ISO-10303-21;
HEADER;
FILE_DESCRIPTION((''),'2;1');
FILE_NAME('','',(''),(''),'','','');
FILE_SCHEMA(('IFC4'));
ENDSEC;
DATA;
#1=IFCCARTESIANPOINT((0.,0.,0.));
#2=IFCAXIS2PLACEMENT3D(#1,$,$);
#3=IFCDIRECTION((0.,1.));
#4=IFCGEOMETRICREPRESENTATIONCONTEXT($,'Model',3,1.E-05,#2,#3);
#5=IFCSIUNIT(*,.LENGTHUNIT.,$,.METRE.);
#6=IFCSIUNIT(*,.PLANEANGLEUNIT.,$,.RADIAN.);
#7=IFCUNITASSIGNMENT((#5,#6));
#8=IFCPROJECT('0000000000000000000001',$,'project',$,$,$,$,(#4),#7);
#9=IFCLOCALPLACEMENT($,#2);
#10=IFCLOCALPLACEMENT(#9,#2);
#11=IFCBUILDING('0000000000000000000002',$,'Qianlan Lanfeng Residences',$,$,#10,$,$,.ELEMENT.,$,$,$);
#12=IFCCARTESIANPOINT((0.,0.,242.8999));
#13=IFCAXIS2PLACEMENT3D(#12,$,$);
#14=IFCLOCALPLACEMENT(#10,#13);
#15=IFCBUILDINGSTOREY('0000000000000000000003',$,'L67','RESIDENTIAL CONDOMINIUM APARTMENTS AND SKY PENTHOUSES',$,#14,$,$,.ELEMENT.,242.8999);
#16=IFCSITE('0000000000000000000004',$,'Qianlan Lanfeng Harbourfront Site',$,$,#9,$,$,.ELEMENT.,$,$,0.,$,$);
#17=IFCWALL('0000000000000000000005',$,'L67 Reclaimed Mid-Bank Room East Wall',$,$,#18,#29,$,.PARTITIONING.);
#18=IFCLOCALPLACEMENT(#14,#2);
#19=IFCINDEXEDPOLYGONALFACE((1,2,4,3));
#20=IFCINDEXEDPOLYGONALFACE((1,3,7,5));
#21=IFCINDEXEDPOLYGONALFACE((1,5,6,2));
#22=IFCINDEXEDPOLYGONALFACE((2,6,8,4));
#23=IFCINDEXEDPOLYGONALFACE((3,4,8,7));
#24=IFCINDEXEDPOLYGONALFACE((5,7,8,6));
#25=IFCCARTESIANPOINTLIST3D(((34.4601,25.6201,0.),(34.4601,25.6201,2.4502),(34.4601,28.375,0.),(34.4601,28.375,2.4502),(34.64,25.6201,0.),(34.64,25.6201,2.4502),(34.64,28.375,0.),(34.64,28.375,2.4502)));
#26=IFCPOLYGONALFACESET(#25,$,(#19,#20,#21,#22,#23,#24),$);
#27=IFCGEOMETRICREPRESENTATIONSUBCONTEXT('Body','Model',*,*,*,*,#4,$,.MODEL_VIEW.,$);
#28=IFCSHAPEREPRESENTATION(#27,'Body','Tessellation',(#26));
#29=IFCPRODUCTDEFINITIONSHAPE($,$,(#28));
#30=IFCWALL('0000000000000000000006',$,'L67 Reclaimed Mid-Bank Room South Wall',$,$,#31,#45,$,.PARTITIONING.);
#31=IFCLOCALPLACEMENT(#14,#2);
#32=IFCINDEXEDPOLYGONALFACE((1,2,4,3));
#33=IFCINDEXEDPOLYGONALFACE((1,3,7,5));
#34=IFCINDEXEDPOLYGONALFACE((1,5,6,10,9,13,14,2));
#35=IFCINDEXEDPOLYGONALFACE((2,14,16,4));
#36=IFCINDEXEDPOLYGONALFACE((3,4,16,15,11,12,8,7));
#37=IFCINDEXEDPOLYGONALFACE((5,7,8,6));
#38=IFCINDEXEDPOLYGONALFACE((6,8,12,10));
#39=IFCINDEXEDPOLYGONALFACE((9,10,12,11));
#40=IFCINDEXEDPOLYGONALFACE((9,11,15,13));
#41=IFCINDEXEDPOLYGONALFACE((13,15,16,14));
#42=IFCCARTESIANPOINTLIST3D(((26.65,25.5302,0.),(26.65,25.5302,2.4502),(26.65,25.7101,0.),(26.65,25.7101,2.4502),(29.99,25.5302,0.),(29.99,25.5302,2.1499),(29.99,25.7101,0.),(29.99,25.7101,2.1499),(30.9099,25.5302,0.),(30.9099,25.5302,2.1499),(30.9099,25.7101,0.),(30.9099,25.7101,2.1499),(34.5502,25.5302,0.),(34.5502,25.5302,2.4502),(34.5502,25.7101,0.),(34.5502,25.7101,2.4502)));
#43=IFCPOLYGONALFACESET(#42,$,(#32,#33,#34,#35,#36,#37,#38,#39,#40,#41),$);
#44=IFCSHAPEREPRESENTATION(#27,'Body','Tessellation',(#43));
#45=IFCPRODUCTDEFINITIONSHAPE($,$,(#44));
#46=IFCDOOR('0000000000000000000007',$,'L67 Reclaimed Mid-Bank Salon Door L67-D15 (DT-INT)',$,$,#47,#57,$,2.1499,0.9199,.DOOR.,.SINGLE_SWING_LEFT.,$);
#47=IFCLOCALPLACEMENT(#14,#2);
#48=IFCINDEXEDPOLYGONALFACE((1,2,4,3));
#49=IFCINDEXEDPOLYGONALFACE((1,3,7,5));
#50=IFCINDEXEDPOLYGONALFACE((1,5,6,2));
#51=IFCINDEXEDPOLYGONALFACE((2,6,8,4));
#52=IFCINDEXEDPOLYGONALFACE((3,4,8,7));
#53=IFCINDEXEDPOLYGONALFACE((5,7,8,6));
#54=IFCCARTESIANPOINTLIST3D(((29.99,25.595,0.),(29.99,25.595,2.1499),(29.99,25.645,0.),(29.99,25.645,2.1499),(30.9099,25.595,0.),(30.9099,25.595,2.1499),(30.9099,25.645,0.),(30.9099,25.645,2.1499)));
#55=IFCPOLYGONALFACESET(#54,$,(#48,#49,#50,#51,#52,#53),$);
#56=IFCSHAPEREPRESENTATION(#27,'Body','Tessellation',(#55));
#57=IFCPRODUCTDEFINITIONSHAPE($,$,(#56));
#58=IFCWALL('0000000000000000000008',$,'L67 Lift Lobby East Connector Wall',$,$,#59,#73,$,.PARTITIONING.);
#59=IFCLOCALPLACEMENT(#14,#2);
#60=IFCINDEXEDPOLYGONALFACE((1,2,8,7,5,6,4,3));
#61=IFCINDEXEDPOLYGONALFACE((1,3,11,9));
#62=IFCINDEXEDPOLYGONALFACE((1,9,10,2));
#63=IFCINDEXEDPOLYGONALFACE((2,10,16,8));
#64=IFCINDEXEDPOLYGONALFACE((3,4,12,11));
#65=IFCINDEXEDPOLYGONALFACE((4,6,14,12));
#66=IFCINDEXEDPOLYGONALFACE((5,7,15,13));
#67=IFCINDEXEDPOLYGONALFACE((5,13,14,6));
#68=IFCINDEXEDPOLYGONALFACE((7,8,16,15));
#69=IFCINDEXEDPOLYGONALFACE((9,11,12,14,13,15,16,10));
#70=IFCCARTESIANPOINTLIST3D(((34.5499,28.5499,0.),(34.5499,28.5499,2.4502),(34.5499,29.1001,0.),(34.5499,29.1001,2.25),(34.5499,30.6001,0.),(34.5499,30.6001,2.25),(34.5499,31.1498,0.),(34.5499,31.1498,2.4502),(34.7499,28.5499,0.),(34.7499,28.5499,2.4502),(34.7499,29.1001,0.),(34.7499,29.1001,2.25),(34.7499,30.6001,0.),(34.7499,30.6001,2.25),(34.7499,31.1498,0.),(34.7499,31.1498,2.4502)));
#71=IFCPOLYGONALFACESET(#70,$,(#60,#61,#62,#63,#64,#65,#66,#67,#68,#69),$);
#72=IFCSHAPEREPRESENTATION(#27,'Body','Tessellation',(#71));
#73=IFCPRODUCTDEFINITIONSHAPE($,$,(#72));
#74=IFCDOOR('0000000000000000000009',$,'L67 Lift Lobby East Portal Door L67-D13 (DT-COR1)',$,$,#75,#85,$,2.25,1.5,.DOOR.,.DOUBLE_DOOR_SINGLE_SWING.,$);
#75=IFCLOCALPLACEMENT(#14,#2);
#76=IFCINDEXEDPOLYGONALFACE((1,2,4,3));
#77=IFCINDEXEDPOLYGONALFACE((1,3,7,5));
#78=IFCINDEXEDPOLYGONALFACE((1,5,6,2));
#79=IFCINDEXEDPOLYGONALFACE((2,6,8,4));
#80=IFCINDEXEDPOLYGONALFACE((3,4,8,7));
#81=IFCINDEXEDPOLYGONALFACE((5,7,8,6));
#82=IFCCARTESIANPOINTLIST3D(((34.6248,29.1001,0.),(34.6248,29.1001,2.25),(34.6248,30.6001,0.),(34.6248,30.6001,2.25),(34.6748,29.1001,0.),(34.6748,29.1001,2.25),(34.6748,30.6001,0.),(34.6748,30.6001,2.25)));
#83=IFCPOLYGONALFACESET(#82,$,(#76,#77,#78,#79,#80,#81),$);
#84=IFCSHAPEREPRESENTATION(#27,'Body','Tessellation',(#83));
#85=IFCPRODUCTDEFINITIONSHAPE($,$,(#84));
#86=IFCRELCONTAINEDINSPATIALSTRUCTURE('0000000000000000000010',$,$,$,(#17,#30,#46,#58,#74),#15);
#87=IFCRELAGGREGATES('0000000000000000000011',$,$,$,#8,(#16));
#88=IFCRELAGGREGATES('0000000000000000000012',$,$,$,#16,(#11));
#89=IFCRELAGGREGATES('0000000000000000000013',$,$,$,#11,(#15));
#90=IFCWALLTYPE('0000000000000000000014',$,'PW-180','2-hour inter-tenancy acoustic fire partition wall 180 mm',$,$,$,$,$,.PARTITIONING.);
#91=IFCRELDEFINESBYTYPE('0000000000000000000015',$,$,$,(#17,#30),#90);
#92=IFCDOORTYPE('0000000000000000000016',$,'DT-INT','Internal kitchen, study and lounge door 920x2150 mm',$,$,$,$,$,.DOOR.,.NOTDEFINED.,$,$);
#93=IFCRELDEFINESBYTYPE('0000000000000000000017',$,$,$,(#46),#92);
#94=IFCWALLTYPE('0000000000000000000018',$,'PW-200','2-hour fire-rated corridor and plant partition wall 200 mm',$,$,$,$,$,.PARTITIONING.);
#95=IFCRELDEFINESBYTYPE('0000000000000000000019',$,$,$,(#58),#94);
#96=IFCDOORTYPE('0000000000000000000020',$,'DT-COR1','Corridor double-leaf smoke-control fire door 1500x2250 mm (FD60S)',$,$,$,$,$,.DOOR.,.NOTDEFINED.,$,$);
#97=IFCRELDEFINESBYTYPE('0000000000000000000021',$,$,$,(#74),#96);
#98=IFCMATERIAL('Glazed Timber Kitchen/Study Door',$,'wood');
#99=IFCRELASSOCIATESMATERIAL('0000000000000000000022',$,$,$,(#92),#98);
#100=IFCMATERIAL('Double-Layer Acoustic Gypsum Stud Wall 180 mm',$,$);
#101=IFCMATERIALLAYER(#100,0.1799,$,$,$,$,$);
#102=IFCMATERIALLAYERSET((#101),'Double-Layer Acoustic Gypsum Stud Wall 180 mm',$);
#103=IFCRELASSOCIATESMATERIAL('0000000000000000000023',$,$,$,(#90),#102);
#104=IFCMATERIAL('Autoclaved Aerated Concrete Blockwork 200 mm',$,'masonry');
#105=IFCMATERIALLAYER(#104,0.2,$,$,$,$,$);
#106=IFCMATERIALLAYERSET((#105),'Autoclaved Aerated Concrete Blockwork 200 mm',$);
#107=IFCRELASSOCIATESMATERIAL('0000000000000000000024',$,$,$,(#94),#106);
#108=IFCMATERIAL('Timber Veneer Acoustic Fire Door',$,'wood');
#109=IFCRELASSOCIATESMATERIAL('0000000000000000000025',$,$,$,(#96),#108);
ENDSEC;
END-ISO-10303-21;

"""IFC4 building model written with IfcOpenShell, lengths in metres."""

from ifc_helpers import new_model, si_unit, direction, frame, frame_2d, origin, place, context, subcontext, project, spatial, rectangle, extrude, material, layer, layer_set, type_object, element, fill, save


model = new_model("IFC4")

# Units and contexts
model_context = context("Model", 3, precision=1e-05, world=origin(), true_north=direction((0.0, 1.0)))
body_context = subcontext(model_context, "Body", "Model", "MODEL_VIEW")
ifc_project = project(units=[si_unit("LENGTHUNIT", "METRE"), si_unit("PLANEANGLEUNIT", "RADIAN")], contexts=[model_context])

# Site, building, storey
site_placement = place(None, origin())
site = spatial("IfcSite", under=ifc_project, at=site_placement, Name="Qianlan Lanfeng Harbourfront Site", CompositionType="ELEMENT", RefElevation=0.0)
building_placement = place(site_placement, origin())
building = spatial("IfcBuilding", under=site, at=building_placement, Name="Qianlan Lanfeng Residences", CompositionType="ELEMENT")
storey_placement = place(building_placement, frame((0.0, 0.0, 242.8999)))
storey = spatial("IfcBuildingStorey", under=building, at=storey_placement, Name="L67", Description="RESIDENTIAL CONDOMINIUM APARTMENTS AND SKY PENTHOUSES", CompositionType="ELEMENT", Elevation=242.8999)

# Shared definitions
ifc_material_1 = material(Name="Glazed Timber Kitchen/Study Door", Category="wood")
door_type_1 = type_object("IfcDoorType", Name="DT-INT", Description="Internal kitchen, study and lounge door 920x2150 mm", OperationType="NOTDEFINED", PredefinedType="DOOR", material=ifc_material_1)

# Wall
ifc_material_2 = material(Name="Double-Layer Acoustic Gypsum Stud Wall 180 mm")
ifc_layer_1 = layer(ifc_material_2, 0.1799)
ifc_layer_set_1 = layer_set([ifc_layer_1], Name="Double-Layer Acoustic Gypsum Stud Wall 180 mm")
wall_type_1 = type_object("IfcWallType", Name="PW-180", Description="2-hour inter-tenancy acoustic fire partition wall 180 mm", PredefinedType="PARTITIONING", material=ifc_layer_set_1)
for number, where, z_axis, x_axis, name in (
    (1, (34.55, 25.6201, 0.0), (0.0, 0.0, 1.0), (0.0, 1.0, 0.0), "L67 Reclaimed Mid-Bank Room East Wall"),
):
    element("IfcWall", number, at=place(storey_placement, frame(where, z_axis=z_axis, x_axis=x_axis)), inside=storey, type_object=wall_type_1, Name=name, PredefinedType="PARTITIONING", context=body_context, shape_type="SweptSolid", body=[
        extrude(rectangle(XDim=2.7549, YDim=0.1799, at=frame_2d((1.3774, 0.0))), origin(), (0.0, 0.0, 1.0), 2.4502),
    ])

# Walls, openings, doors
wall_1_placement = place(storey_placement, frame((26.6499, 25.6201, 0.0), z_axis=(0.0, 0.0, 1.0), x_axis=(1.0, 0.0, 0.0)))
wall_1 = element("IfcWall", 2, at=wall_1_placement, inside=storey, type_object=wall_type_1, Name="L67 Reclaimed Mid-Bank Room South Wall", PredefinedType="PARTITIONING", context=body_context, shape_type="SweptSolid", body=[
    extrude(rectangle(XDim=7.9001, YDim=0.1799, at=frame_2d((3.9502, 0.0))), origin(), (0.0, 0.0, 1.0), 2.4502),
])
opening_1_placement = place(wall_1_placement, frame((3.3401, 0.0, 0.0)))
opening_1 = element("IfcOpeningElement", 3, at=opening_1_placement, cuts=wall_1, PredefinedType="OPENING", context=body_context, shape_type="SweptSolid", body=[
    extrude(rectangle(XDim=0.9199, YDim=2.1499, at=frame_2d((0.46, 1.075))), frame((0.0, 0.1001, 0.0), z_axis=(0.0, -1.0, 0.0), x_axis=(1.0, 0.0, 0.0)), (0.0, 0.0, 1.0), 0.2),
])
door_1_placement = place(opening_1_placement, origin())
door_1 = element("IfcDoor", 4, at=door_1_placement, inside=storey, type_object=door_type_1, Name="L67 Reclaimed Mid-Bank Salon Door L67-D15 (DT-INT)", OperationType="SINGLE_SWING_LEFT", OverallHeight=2.1499, OverallWidth=0.9199, PredefinedType="DOOR", context=body_context, shape_type="SweptSolid", body=[
    extrude(rectangle(XDim=0.9199, YDim=2.1499, at=frame_2d((0.46, 1.075))), frame((0.0, 0.0249, 0.0), z_axis=(0.0, -1.0, 0.0), x_axis=(1.0, 0.0, 0.0)), (0.0, 0.0, 1.0), 0.05),
])
fill(opening_1, door_1)
ifc_material_3 = material(Name="Autoclaved Aerated Concrete Blockwork 200 mm", Category="masonry")
ifc_layer_2 = layer(ifc_material_3, 0.2)
ifc_layer_set_2 = layer_set([ifc_layer_2], Name="Autoclaved Aerated Concrete Blockwork 200 mm")
wall_type_2 = type_object("IfcWallType", Name="PW-200", Description="2-hour fire-rated corridor and plant partition wall 200 mm", PredefinedType="PARTITIONING", material=ifc_layer_set_2)
wall_2_placement = place(storey_placement, frame((34.6499, 28.55, 0.0), z_axis=(0.0, 0.0, 1.0), x_axis=(0.0, 1.0, 0.0)))
wall_2 = element("IfcWall", 5, at=wall_2_placement, inside=storey, type_object=wall_type_2, Name="L67 Lift Lobby East Connector Wall", PredefinedType="PARTITIONING", context=body_context, shape_type="SweptSolid", body=[
    extrude(rectangle(XDim=2.5999, YDim=0.2, at=frame_2d((1.2998, 0.0))), origin(), (0.0, 0.0, 1.0), 2.4502),
])
opening_2_placement = place(wall_2_placement, frame((0.55, 0.0, 0.0)))
opening_2 = element("IfcOpeningElement", 6, at=opening_2_placement, cuts=wall_2, PredefinedType="OPENING", context=body_context, shape_type="SweptSolid", body=[
    extrude(rectangle(XDim=1.5, YDim=2.25, at=frame_2d((0.75, 1.125))), frame((0.0, 0.1099, 0.0), z_axis=(0.0, -1.0, 0.0), x_axis=(1.0, 0.0, 0.0)), (0.0, 0.0, 1.0), 0.22),
])
ifc_material_4 = material(Name="Timber Veneer Acoustic Fire Door", Category="wood")
door_type_2 = type_object("IfcDoorType", Name="DT-COR1", Description="Corridor double-leaf smoke-control fire door 1500x2250 mm (FD60S)", OperationType="NOTDEFINED", PredefinedType="DOOR", material=ifc_material_4)
door_2_placement = place(opening_2_placement, frame((1.5, 0.0, 0.0), z_axis=(0.0, 0.0, 1.0), x_axis=(-1.0, 0.0, 0.0)))
door_2 = element("IfcDoor", 7, at=door_2_placement, inside=storey, type_object=door_type_2, Name="L67 Lift Lobby East Portal Door L67-D13 (DT-COR1)", OperationType="DOUBLE_DOOR_SINGLE_SWING", OverallHeight=2.25, OverallWidth=1.5, PredefinedType="DOOR", context=body_context, shape_type="SweptSolid", body=[
    extrude(rectangle(XDim=1.5, YDim=2.25, at=frame_2d((0.75, 1.125))), frame((0.0, 0.0249, 0.0), z_axis=(0.0, -1.0, 0.0), x_axis=(1.0, 0.0, 0.0)), (0.0, 0.0, 1.0), 0.05),
])
fill(opening_2, door_2)

save(model, "model.ifc")
